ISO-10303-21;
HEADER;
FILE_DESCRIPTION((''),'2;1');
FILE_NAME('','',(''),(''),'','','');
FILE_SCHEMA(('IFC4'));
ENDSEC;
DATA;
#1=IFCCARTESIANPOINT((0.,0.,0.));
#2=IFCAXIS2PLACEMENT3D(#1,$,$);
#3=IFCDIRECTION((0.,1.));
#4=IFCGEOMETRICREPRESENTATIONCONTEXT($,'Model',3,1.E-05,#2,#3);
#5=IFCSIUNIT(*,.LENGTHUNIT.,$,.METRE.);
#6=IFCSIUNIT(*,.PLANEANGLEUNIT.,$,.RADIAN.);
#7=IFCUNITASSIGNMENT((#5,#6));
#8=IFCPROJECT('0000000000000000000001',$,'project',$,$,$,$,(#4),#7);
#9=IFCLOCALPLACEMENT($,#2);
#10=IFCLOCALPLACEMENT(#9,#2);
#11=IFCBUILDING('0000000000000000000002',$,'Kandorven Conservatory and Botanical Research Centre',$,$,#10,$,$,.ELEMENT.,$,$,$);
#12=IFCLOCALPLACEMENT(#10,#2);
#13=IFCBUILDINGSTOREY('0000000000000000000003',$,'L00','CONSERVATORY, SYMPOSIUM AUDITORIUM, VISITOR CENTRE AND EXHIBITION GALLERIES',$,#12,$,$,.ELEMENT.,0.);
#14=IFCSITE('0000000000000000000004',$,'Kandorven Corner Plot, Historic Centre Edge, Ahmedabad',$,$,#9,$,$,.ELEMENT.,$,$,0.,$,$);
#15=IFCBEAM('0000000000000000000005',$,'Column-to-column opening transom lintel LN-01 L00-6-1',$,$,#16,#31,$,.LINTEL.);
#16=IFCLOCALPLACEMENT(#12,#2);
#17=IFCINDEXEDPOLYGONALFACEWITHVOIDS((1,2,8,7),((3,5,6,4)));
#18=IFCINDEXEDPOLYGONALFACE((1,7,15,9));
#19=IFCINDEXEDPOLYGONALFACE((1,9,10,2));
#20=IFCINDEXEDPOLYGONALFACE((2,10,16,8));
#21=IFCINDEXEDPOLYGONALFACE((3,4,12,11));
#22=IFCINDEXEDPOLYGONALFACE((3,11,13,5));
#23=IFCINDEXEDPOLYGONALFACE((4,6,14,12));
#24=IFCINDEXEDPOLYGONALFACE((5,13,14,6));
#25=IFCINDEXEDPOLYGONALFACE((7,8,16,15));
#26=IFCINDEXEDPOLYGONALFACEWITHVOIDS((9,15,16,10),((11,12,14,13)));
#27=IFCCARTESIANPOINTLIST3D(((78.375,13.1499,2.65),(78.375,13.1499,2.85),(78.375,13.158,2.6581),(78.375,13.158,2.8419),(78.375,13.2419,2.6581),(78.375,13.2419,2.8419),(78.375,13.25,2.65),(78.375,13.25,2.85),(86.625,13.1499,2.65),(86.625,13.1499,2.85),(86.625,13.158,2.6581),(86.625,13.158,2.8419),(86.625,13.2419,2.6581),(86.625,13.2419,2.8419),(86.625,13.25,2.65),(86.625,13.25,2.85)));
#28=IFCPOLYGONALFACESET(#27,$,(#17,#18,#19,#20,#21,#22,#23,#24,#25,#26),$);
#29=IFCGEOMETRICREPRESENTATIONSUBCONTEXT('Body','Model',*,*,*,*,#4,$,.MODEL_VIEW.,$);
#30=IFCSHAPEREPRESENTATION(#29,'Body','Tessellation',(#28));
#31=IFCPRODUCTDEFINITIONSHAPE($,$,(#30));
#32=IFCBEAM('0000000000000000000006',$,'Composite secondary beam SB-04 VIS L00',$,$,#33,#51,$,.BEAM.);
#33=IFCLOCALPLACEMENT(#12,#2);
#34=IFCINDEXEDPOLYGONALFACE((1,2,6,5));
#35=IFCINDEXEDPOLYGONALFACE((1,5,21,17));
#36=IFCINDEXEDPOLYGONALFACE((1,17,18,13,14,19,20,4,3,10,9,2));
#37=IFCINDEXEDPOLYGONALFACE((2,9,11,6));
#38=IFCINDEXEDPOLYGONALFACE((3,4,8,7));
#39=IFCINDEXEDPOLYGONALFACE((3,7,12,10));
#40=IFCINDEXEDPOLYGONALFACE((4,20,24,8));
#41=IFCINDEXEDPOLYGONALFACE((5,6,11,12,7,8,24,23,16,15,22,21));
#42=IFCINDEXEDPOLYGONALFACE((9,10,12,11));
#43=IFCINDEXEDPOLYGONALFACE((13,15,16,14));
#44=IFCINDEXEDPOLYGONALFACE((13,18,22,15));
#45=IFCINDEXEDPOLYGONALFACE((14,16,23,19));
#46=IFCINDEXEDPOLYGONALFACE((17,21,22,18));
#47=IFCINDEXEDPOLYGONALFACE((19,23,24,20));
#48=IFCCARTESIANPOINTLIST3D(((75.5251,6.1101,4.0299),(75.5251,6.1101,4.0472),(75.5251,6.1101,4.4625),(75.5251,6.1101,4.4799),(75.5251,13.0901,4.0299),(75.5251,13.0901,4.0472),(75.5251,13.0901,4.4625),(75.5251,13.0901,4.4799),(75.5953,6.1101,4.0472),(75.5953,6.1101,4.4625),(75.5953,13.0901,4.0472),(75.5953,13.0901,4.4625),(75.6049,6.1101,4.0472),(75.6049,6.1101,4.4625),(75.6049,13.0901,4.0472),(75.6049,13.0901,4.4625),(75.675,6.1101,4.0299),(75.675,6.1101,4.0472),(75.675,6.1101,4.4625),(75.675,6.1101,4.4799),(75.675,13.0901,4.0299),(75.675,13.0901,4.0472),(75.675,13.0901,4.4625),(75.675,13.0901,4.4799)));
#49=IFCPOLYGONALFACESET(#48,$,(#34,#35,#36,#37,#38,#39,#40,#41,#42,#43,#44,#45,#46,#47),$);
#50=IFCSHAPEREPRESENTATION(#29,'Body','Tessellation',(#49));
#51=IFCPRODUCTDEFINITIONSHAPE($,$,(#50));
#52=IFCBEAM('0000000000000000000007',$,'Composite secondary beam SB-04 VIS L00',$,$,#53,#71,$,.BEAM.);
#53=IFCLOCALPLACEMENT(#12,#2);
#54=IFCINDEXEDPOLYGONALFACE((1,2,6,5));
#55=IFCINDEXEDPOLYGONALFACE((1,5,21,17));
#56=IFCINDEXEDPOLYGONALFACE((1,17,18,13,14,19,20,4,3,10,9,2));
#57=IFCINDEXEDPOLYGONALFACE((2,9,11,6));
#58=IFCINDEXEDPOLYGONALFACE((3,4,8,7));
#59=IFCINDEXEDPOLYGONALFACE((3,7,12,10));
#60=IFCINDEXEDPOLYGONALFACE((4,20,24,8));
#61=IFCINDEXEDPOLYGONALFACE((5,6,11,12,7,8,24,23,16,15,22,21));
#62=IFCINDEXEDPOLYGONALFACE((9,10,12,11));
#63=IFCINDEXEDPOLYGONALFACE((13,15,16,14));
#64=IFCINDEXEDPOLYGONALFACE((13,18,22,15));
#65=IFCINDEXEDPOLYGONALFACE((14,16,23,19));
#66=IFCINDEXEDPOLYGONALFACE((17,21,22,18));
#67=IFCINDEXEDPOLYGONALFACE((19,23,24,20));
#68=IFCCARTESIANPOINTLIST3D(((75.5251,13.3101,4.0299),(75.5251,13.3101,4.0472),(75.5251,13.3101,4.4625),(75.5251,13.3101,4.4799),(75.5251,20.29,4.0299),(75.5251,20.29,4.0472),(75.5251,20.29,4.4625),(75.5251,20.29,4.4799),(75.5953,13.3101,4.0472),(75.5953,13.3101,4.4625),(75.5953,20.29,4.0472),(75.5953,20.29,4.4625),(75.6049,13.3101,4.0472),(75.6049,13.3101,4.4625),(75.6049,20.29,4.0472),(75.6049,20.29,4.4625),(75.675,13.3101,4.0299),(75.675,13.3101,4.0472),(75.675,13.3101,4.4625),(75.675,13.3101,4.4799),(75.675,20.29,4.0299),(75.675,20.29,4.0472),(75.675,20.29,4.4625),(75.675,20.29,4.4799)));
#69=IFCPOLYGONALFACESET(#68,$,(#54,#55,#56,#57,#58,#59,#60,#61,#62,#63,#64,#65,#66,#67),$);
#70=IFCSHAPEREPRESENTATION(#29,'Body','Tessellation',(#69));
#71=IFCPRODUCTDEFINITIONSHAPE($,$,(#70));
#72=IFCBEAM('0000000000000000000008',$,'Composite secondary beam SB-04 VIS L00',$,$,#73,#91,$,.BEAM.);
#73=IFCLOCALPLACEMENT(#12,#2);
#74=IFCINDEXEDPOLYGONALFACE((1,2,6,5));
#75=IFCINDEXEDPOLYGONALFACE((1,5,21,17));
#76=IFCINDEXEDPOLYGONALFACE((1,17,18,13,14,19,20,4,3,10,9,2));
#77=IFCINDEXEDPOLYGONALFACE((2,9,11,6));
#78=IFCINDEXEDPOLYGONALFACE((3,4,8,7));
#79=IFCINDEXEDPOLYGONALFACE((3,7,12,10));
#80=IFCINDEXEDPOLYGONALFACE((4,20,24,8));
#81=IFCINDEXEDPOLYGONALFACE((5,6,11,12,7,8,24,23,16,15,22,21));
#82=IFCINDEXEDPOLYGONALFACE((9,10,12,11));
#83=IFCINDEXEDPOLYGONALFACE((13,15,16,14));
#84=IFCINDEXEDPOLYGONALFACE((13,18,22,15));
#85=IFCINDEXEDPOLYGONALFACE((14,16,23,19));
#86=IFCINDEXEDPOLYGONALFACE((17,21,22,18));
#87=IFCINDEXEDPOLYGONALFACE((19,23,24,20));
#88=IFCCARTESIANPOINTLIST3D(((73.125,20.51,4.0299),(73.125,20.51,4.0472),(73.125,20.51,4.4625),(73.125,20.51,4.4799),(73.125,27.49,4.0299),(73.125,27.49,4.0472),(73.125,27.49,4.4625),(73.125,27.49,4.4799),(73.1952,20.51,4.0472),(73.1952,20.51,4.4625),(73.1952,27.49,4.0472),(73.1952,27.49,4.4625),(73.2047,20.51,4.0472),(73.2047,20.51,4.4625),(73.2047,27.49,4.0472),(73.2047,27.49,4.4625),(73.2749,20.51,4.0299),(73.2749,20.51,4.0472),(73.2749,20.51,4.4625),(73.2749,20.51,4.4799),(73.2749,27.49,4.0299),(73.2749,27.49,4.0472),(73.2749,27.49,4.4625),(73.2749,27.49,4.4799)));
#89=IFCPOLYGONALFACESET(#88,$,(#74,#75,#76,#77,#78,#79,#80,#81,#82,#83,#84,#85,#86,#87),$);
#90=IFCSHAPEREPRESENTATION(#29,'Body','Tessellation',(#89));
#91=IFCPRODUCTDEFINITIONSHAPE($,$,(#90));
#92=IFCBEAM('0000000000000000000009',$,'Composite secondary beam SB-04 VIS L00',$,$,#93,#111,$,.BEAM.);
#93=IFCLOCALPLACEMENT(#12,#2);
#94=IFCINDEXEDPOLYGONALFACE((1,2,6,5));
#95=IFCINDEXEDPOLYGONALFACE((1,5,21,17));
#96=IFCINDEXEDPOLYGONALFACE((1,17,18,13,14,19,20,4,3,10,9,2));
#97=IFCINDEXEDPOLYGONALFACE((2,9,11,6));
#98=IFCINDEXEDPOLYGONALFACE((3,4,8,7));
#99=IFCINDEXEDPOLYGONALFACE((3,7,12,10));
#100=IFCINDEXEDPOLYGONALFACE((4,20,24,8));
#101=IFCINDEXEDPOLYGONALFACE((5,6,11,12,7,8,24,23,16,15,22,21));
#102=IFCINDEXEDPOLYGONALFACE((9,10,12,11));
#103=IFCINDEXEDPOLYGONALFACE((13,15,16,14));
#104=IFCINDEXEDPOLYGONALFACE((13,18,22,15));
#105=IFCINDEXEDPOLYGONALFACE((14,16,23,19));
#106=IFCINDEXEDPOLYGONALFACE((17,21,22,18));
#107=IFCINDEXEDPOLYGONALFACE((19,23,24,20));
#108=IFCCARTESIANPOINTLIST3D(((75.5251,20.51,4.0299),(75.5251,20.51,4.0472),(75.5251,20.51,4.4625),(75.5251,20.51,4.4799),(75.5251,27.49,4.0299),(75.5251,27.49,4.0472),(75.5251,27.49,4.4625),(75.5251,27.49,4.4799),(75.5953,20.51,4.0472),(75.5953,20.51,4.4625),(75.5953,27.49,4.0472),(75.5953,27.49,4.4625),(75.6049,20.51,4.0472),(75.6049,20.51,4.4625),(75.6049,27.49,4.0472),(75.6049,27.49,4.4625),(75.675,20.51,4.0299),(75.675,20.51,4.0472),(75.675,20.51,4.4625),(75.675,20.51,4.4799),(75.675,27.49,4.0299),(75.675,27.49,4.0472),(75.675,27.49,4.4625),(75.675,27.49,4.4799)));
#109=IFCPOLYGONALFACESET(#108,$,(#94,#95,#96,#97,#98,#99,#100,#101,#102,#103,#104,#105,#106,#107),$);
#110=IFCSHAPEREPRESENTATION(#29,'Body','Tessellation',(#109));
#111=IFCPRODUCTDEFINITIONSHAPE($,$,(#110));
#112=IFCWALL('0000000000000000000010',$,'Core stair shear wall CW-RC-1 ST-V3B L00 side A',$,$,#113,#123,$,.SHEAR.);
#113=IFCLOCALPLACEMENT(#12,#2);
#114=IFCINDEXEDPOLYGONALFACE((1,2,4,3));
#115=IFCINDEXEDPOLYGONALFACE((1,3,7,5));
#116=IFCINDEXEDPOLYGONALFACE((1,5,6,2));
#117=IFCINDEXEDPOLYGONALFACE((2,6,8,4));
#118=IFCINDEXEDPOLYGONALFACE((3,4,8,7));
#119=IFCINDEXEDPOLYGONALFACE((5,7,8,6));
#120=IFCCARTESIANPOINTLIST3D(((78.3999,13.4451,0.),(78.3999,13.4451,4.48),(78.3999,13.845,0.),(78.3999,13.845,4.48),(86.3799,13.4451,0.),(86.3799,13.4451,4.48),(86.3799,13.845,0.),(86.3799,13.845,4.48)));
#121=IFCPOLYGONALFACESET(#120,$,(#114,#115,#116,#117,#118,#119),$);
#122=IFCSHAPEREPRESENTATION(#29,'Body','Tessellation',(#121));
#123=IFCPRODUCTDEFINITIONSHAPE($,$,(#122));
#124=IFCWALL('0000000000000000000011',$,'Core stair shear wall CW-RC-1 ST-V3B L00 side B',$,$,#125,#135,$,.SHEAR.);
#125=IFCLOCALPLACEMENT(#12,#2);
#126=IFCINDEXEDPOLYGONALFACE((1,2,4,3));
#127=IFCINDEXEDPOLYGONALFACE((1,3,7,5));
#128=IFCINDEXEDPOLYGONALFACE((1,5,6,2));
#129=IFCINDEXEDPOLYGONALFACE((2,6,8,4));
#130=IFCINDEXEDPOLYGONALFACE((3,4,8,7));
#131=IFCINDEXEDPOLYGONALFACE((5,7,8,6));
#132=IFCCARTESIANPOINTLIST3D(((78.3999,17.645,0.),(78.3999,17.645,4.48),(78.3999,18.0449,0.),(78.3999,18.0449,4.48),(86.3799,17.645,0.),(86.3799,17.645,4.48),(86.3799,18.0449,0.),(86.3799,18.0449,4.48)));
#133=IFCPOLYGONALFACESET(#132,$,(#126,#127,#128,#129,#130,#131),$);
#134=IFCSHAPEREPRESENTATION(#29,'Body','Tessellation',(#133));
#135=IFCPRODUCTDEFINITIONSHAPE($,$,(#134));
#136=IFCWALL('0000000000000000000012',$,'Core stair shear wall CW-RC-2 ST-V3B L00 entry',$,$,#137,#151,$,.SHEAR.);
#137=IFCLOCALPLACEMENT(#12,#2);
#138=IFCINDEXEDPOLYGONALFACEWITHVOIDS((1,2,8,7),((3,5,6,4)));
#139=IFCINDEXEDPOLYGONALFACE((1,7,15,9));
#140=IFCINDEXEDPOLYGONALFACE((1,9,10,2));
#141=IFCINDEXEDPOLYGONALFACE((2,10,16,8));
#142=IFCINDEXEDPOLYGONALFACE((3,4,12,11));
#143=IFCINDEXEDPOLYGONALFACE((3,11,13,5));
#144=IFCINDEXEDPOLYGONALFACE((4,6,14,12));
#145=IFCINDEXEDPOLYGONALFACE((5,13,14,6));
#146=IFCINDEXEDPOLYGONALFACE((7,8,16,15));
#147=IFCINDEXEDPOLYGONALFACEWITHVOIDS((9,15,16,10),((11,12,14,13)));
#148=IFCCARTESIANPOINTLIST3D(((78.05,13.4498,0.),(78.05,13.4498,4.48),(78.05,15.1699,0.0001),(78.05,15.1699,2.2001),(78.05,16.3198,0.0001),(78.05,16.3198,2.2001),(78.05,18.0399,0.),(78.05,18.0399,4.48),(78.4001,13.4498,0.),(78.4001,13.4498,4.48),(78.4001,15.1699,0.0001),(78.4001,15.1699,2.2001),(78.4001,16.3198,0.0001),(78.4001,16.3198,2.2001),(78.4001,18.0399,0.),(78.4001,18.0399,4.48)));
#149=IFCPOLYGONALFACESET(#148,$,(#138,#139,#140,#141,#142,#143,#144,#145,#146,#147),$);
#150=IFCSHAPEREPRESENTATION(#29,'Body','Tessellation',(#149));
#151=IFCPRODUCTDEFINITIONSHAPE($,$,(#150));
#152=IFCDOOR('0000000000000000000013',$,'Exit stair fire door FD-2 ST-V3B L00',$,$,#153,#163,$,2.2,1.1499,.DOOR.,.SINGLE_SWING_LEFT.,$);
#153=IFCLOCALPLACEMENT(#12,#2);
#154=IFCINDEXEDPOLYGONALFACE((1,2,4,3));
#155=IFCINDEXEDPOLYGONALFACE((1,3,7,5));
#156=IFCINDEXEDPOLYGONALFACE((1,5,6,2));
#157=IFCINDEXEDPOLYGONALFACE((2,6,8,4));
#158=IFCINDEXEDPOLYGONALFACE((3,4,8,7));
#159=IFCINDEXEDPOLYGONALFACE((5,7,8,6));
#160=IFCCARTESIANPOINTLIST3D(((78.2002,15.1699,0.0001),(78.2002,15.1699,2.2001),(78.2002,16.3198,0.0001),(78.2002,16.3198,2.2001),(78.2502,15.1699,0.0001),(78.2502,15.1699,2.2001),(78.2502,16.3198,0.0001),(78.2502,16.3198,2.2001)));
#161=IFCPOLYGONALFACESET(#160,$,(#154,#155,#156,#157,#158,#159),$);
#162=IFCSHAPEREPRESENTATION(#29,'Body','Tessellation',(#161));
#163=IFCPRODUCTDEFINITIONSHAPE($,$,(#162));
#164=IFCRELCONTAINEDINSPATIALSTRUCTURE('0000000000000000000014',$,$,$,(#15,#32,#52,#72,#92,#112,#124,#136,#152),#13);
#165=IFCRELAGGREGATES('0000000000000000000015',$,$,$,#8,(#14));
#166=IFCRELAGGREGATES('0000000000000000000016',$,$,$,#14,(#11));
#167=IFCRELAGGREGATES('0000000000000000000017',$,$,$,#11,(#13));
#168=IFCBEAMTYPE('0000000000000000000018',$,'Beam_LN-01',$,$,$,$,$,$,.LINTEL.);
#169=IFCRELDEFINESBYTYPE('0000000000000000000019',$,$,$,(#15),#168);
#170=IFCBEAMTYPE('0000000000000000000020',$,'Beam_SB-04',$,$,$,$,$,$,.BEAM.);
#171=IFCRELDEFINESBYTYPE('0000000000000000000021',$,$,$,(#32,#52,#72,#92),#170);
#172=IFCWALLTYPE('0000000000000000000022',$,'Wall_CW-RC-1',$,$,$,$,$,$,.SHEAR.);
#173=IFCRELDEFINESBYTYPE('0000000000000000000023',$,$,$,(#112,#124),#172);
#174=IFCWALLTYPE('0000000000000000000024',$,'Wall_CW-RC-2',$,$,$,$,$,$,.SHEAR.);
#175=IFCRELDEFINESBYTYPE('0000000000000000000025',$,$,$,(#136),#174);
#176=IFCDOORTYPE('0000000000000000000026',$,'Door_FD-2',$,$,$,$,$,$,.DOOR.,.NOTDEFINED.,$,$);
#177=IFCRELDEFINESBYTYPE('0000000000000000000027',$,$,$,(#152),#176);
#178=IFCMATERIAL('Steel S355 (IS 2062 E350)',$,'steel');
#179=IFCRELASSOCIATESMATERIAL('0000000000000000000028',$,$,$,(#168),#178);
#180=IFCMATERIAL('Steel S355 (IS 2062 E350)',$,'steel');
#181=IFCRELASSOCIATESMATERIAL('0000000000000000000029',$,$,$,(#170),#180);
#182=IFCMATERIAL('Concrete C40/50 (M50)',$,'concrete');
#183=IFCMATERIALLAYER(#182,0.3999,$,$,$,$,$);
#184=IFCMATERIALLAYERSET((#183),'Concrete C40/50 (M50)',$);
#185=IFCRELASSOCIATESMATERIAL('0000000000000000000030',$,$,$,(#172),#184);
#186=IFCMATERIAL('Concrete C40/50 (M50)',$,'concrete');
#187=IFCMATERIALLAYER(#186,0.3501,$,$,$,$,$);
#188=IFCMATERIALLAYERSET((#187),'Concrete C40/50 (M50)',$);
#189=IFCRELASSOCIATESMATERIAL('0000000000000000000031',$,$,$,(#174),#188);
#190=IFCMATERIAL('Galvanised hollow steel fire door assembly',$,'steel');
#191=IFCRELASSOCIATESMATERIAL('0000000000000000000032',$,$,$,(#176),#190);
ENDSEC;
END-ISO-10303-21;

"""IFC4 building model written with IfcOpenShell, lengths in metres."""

from ifc_helpers import new_model, si_unit, direction, frame, frame_2d, origin, origin_2d, place, context, subcontext, project, spatial, rectangle, hollow_rectangle, i_section, extrude, material, layer, layer_set, material_profile, profile_set, type_object, element, fill, save


model = new_model("IFC4")

# Units and contexts
model_context = context("Model", 3, precision=1e-05, world=origin(), true_north=direction((0.0, 1.0)))
body_context = subcontext(model_context, "Body", "Model", "MODEL_VIEW")
ifc_project = project(units=[si_unit("LENGTHUNIT", "METRE"), si_unit("PLANEANGLEUNIT", "RADIAN")], contexts=[model_context])

# Site, building, storey
site_placement = place(None, origin())
site = spatial("IfcSite", under=ifc_project, at=site_placement, Name="Kandorven Corner Plot, Historic Centre Edge, Ahmedabad", CompositionType="ELEMENT", RefElevation=0.0)
building_placement = place(site_placement, origin())
building = spatial("IfcBuilding", under=site, at=building_placement, Name="Kandorven Conservatory and Botanical Research Centre", CompositionType="ELEMENT")
storey_placement = place(building_placement, origin())
storey = spatial("IfcBuildingStorey", under=building, at=storey_placement, Name="L00", Description="CONSERVATORY, SYMPOSIUM AUDITORIUM, VISITOR CENTRE AND EXHIBITION GALLERIES", CompositionType="ELEMENT", Elevation=0.0)

# Beams
ifc_material_1 = material(Name="Steel S355 (IS 2062 E350)", Category="steel")
ifc_material_profile_1 = material_profile(ifc_material_1, hollow_rectangle(XDim=0.1001, YDim=0.2, WallThickness=0.0081, at=origin_2d()))
ifc_profile_set_1 = profile_set([ifc_material_profile_1], Name="Steel S355 (IS 2062 E350)")
beam_type_1 = type_object("IfcBeamType", Name="Beam_LN-01", PredefinedType="LINTEL", material=ifc_profile_set_1)
beam_1_placement = place(storey_placement, frame((78.375, 13.2, 2.75), z_axis=(1.0, 0.0, 0.0), x_axis=(0.0, 1.0, 0.0)))
element("IfcBeam", 1, at=beam_1_placement, inside=storey, type_object=beam_type_1, Name="Column-to-column opening transom lintel LN-01 L00-6-1", PredefinedType="LINTEL", context=body_context, shape_type="SweptSolid", body=[
    extrude(hollow_rectangle(XDim=0.1001, YDim=0.2, WallThickness=0.0081, at=origin_2d()), origin(), (0.0, 0.0, 1.0), 8.25),
])
ifc_material_2 = material(Name="Steel S355 (IS 2062 E350)", Category="steel")
ifc_material_profile_2 = material_profile(ifc_material_2, i_section(OverallWidth=0.1499, OverallDepth=0.45, WebThickness=0.0095, FlangeThickness=0.0173, at=origin_2d()))
ifc_profile_set_2 = profile_set([ifc_material_profile_2], Name="Steel S355 (IS 2062 E350)")
beam_type_2 = type_object("IfcBeamType", Name="Beam_SB-04", PredefinedType="BEAM", material=ifc_profile_set_2)
for number, where, z_axis, x_axis, name in (
    (2, (75.6001, 6.1101, 4.2549), (0.0, 1.0, 0.0), (-1.0, 0.0, 0.0), "Composite secondary beam SB-04 VIS L00"),
    (3, (75.6001, 13.3101, 4.2549), (0.0, 1.0, 0.0), (-1.0, 0.0, 0.0), "Composite secondary beam SB-04 VIS L00"),
    (4, (73.2, 20.51, 4.2549), (0.0, 1.0, 0.0), (-1.0, 0.0, 0.0), "Composite secondary beam SB-04 VIS L00"),
    (5, (75.6001, 20.51, 4.2549), (0.0, 1.0, 0.0), (-1.0, 0.0, 0.0), "Composite secondary beam SB-04 VIS L00"),
):
    element("IfcBeam", number, at=place(storey_placement, frame(where, z_axis=z_axis, x_axis=x_axis)), inside=storey, type_object=beam_type_2, Name=name, PredefinedType="BEAM", context=body_context, shape_type="SweptSolid", body=[
        extrude(i_section(OverallWidth=0.1499, OverallDepth=0.45, WebThickness=0.0095, FlangeThickness=0.0173, at=origin_2d()), origin(), (0.0, 0.0, 1.0), 6.98),
    ])

# Walls
ifc_material_3 = material(Name="Concrete C40/50 (M50)", Category="concrete")
ifc_layer_1 = layer(ifc_material_3, 0.3999)
ifc_layer_set_1 = layer_set([ifc_layer_1], Name="Concrete C40/50 (M50)")
wall_type_1 = type_object("IfcWallType", Name="Wall_CW-RC-1", PredefinedType="SHEAR", material=ifc_layer_set_1)
for number, where, z_axis, x_axis, name in (
    (6, (78.3999, 13.645, 0.0), (0.0, 0.0, 1.0), (1.0, 0.0, 0.0), "Core stair shear wall CW-RC-1 ST-V3B L00 side A"),
    (7, (78.3999, 17.845, 0.0), (0.0, 0.0, 1.0), (1.0, 0.0, 0.0), "Core stair shear wall CW-RC-1 ST-V3B L00 side B"),
):
    element("IfcWall", number, at=place(storey_placement, frame(where, z_axis=z_axis, x_axis=x_axis)), inside=storey, type_object=wall_type_1, Name=name, PredefinedType="SHEAR", context=body_context, shape_type="SweptSolid", body=[
        extrude(rectangle(XDim=7.98, YDim=0.3999, at=frame_2d((3.99, 0.0))), origin(), (0.0, 0.0, 1.0), 4.48),
    ])

# Wall, opening, door
ifc_material_4 = material(Name="Concrete C40/50 (M50)", Category="concrete")
ifc_layer_2 = layer(ifc_material_4, 0.3501)
ifc_layer_set_2 = layer_set([ifc_layer_2], Name="Concrete C40/50 (M50)")
wall_type_2 = type_object("IfcWallType", Name="Wall_CW-RC-2", PredefinedType="SHEAR", material=ifc_layer_set_2)
wall_1_placement = place(storey_placement, frame((78.2251, 13.45, 0.0), z_axis=(0.0, 0.0, 1.0), x_axis=(0.0, 1.0, 0.0)))
wall_1 = element("IfcWall", 8, at=wall_1_placement, inside=storey, type_object=wall_type_2, Name="Core stair shear wall CW-RC-2 ST-V3B L00 entry", PredefinedType="SHEAR", context=body_context, shape_type="SweptSolid", body=[
    extrude(rectangle(XDim=4.5901, YDim=0.3501, at=frame_2d((2.2949, 0.0))), origin(), (0.0, 0.0, 1.0), 4.48),
])
opening_1_placement = place(wall_1_placement, frame((1.72, 0.0, 0.0)))
opening_1 = element("IfcOpeningElement", 9, at=opening_1_placement, cuts=wall_1, PredefinedType="OPENING", context=body_context, shape_type="SweptSolid", body=[
    extrude(rectangle(XDim=1.1499, YDim=2.2, at=frame_2d((0.575, 1.1001))), frame((0.0, 0.1851, 0.0), z_axis=(0.0, -1.0, 0.0), x_axis=(1.0, 0.0, 0.0)), (0.0, 0.0, 1.0), 0.3701),
])
ifc_material_5 = material(Name="Galvanised hollow steel fire door assembly", Category="steel")
door_type_1 = type_object("IfcDoorType", Name="Door_FD-2", OperationType="NOTDEFINED", PredefinedType="DOOR", material=ifc_material_5)
door_1_placement = place(opening_1_placement, origin())
door_1 = element("IfcDoor", 10, at=door_1_placement, inside=storey, type_object=door_type_1, Name="Exit stair fire door FD-2 ST-V3B L00", OperationType="SINGLE_SWING_LEFT", OverallHeight=2.2, OverallWidth=1.1499, PredefinedType="DOOR", context=body_context, shape_type="SweptSolid", body=[
    extrude(rectangle(XDim=1.1499, YDim=2.2, at=frame_2d((0.575, 1.1001))), frame((0.0, 0.0249, 0.0), z_axis=(0.0, -1.0, 0.0), x_axis=(1.0, 0.0, 0.0)), (0.0, 0.0, 1.0), 0.05),
])
fill(opening_1, door_1)

save(model, "model.ifc")
